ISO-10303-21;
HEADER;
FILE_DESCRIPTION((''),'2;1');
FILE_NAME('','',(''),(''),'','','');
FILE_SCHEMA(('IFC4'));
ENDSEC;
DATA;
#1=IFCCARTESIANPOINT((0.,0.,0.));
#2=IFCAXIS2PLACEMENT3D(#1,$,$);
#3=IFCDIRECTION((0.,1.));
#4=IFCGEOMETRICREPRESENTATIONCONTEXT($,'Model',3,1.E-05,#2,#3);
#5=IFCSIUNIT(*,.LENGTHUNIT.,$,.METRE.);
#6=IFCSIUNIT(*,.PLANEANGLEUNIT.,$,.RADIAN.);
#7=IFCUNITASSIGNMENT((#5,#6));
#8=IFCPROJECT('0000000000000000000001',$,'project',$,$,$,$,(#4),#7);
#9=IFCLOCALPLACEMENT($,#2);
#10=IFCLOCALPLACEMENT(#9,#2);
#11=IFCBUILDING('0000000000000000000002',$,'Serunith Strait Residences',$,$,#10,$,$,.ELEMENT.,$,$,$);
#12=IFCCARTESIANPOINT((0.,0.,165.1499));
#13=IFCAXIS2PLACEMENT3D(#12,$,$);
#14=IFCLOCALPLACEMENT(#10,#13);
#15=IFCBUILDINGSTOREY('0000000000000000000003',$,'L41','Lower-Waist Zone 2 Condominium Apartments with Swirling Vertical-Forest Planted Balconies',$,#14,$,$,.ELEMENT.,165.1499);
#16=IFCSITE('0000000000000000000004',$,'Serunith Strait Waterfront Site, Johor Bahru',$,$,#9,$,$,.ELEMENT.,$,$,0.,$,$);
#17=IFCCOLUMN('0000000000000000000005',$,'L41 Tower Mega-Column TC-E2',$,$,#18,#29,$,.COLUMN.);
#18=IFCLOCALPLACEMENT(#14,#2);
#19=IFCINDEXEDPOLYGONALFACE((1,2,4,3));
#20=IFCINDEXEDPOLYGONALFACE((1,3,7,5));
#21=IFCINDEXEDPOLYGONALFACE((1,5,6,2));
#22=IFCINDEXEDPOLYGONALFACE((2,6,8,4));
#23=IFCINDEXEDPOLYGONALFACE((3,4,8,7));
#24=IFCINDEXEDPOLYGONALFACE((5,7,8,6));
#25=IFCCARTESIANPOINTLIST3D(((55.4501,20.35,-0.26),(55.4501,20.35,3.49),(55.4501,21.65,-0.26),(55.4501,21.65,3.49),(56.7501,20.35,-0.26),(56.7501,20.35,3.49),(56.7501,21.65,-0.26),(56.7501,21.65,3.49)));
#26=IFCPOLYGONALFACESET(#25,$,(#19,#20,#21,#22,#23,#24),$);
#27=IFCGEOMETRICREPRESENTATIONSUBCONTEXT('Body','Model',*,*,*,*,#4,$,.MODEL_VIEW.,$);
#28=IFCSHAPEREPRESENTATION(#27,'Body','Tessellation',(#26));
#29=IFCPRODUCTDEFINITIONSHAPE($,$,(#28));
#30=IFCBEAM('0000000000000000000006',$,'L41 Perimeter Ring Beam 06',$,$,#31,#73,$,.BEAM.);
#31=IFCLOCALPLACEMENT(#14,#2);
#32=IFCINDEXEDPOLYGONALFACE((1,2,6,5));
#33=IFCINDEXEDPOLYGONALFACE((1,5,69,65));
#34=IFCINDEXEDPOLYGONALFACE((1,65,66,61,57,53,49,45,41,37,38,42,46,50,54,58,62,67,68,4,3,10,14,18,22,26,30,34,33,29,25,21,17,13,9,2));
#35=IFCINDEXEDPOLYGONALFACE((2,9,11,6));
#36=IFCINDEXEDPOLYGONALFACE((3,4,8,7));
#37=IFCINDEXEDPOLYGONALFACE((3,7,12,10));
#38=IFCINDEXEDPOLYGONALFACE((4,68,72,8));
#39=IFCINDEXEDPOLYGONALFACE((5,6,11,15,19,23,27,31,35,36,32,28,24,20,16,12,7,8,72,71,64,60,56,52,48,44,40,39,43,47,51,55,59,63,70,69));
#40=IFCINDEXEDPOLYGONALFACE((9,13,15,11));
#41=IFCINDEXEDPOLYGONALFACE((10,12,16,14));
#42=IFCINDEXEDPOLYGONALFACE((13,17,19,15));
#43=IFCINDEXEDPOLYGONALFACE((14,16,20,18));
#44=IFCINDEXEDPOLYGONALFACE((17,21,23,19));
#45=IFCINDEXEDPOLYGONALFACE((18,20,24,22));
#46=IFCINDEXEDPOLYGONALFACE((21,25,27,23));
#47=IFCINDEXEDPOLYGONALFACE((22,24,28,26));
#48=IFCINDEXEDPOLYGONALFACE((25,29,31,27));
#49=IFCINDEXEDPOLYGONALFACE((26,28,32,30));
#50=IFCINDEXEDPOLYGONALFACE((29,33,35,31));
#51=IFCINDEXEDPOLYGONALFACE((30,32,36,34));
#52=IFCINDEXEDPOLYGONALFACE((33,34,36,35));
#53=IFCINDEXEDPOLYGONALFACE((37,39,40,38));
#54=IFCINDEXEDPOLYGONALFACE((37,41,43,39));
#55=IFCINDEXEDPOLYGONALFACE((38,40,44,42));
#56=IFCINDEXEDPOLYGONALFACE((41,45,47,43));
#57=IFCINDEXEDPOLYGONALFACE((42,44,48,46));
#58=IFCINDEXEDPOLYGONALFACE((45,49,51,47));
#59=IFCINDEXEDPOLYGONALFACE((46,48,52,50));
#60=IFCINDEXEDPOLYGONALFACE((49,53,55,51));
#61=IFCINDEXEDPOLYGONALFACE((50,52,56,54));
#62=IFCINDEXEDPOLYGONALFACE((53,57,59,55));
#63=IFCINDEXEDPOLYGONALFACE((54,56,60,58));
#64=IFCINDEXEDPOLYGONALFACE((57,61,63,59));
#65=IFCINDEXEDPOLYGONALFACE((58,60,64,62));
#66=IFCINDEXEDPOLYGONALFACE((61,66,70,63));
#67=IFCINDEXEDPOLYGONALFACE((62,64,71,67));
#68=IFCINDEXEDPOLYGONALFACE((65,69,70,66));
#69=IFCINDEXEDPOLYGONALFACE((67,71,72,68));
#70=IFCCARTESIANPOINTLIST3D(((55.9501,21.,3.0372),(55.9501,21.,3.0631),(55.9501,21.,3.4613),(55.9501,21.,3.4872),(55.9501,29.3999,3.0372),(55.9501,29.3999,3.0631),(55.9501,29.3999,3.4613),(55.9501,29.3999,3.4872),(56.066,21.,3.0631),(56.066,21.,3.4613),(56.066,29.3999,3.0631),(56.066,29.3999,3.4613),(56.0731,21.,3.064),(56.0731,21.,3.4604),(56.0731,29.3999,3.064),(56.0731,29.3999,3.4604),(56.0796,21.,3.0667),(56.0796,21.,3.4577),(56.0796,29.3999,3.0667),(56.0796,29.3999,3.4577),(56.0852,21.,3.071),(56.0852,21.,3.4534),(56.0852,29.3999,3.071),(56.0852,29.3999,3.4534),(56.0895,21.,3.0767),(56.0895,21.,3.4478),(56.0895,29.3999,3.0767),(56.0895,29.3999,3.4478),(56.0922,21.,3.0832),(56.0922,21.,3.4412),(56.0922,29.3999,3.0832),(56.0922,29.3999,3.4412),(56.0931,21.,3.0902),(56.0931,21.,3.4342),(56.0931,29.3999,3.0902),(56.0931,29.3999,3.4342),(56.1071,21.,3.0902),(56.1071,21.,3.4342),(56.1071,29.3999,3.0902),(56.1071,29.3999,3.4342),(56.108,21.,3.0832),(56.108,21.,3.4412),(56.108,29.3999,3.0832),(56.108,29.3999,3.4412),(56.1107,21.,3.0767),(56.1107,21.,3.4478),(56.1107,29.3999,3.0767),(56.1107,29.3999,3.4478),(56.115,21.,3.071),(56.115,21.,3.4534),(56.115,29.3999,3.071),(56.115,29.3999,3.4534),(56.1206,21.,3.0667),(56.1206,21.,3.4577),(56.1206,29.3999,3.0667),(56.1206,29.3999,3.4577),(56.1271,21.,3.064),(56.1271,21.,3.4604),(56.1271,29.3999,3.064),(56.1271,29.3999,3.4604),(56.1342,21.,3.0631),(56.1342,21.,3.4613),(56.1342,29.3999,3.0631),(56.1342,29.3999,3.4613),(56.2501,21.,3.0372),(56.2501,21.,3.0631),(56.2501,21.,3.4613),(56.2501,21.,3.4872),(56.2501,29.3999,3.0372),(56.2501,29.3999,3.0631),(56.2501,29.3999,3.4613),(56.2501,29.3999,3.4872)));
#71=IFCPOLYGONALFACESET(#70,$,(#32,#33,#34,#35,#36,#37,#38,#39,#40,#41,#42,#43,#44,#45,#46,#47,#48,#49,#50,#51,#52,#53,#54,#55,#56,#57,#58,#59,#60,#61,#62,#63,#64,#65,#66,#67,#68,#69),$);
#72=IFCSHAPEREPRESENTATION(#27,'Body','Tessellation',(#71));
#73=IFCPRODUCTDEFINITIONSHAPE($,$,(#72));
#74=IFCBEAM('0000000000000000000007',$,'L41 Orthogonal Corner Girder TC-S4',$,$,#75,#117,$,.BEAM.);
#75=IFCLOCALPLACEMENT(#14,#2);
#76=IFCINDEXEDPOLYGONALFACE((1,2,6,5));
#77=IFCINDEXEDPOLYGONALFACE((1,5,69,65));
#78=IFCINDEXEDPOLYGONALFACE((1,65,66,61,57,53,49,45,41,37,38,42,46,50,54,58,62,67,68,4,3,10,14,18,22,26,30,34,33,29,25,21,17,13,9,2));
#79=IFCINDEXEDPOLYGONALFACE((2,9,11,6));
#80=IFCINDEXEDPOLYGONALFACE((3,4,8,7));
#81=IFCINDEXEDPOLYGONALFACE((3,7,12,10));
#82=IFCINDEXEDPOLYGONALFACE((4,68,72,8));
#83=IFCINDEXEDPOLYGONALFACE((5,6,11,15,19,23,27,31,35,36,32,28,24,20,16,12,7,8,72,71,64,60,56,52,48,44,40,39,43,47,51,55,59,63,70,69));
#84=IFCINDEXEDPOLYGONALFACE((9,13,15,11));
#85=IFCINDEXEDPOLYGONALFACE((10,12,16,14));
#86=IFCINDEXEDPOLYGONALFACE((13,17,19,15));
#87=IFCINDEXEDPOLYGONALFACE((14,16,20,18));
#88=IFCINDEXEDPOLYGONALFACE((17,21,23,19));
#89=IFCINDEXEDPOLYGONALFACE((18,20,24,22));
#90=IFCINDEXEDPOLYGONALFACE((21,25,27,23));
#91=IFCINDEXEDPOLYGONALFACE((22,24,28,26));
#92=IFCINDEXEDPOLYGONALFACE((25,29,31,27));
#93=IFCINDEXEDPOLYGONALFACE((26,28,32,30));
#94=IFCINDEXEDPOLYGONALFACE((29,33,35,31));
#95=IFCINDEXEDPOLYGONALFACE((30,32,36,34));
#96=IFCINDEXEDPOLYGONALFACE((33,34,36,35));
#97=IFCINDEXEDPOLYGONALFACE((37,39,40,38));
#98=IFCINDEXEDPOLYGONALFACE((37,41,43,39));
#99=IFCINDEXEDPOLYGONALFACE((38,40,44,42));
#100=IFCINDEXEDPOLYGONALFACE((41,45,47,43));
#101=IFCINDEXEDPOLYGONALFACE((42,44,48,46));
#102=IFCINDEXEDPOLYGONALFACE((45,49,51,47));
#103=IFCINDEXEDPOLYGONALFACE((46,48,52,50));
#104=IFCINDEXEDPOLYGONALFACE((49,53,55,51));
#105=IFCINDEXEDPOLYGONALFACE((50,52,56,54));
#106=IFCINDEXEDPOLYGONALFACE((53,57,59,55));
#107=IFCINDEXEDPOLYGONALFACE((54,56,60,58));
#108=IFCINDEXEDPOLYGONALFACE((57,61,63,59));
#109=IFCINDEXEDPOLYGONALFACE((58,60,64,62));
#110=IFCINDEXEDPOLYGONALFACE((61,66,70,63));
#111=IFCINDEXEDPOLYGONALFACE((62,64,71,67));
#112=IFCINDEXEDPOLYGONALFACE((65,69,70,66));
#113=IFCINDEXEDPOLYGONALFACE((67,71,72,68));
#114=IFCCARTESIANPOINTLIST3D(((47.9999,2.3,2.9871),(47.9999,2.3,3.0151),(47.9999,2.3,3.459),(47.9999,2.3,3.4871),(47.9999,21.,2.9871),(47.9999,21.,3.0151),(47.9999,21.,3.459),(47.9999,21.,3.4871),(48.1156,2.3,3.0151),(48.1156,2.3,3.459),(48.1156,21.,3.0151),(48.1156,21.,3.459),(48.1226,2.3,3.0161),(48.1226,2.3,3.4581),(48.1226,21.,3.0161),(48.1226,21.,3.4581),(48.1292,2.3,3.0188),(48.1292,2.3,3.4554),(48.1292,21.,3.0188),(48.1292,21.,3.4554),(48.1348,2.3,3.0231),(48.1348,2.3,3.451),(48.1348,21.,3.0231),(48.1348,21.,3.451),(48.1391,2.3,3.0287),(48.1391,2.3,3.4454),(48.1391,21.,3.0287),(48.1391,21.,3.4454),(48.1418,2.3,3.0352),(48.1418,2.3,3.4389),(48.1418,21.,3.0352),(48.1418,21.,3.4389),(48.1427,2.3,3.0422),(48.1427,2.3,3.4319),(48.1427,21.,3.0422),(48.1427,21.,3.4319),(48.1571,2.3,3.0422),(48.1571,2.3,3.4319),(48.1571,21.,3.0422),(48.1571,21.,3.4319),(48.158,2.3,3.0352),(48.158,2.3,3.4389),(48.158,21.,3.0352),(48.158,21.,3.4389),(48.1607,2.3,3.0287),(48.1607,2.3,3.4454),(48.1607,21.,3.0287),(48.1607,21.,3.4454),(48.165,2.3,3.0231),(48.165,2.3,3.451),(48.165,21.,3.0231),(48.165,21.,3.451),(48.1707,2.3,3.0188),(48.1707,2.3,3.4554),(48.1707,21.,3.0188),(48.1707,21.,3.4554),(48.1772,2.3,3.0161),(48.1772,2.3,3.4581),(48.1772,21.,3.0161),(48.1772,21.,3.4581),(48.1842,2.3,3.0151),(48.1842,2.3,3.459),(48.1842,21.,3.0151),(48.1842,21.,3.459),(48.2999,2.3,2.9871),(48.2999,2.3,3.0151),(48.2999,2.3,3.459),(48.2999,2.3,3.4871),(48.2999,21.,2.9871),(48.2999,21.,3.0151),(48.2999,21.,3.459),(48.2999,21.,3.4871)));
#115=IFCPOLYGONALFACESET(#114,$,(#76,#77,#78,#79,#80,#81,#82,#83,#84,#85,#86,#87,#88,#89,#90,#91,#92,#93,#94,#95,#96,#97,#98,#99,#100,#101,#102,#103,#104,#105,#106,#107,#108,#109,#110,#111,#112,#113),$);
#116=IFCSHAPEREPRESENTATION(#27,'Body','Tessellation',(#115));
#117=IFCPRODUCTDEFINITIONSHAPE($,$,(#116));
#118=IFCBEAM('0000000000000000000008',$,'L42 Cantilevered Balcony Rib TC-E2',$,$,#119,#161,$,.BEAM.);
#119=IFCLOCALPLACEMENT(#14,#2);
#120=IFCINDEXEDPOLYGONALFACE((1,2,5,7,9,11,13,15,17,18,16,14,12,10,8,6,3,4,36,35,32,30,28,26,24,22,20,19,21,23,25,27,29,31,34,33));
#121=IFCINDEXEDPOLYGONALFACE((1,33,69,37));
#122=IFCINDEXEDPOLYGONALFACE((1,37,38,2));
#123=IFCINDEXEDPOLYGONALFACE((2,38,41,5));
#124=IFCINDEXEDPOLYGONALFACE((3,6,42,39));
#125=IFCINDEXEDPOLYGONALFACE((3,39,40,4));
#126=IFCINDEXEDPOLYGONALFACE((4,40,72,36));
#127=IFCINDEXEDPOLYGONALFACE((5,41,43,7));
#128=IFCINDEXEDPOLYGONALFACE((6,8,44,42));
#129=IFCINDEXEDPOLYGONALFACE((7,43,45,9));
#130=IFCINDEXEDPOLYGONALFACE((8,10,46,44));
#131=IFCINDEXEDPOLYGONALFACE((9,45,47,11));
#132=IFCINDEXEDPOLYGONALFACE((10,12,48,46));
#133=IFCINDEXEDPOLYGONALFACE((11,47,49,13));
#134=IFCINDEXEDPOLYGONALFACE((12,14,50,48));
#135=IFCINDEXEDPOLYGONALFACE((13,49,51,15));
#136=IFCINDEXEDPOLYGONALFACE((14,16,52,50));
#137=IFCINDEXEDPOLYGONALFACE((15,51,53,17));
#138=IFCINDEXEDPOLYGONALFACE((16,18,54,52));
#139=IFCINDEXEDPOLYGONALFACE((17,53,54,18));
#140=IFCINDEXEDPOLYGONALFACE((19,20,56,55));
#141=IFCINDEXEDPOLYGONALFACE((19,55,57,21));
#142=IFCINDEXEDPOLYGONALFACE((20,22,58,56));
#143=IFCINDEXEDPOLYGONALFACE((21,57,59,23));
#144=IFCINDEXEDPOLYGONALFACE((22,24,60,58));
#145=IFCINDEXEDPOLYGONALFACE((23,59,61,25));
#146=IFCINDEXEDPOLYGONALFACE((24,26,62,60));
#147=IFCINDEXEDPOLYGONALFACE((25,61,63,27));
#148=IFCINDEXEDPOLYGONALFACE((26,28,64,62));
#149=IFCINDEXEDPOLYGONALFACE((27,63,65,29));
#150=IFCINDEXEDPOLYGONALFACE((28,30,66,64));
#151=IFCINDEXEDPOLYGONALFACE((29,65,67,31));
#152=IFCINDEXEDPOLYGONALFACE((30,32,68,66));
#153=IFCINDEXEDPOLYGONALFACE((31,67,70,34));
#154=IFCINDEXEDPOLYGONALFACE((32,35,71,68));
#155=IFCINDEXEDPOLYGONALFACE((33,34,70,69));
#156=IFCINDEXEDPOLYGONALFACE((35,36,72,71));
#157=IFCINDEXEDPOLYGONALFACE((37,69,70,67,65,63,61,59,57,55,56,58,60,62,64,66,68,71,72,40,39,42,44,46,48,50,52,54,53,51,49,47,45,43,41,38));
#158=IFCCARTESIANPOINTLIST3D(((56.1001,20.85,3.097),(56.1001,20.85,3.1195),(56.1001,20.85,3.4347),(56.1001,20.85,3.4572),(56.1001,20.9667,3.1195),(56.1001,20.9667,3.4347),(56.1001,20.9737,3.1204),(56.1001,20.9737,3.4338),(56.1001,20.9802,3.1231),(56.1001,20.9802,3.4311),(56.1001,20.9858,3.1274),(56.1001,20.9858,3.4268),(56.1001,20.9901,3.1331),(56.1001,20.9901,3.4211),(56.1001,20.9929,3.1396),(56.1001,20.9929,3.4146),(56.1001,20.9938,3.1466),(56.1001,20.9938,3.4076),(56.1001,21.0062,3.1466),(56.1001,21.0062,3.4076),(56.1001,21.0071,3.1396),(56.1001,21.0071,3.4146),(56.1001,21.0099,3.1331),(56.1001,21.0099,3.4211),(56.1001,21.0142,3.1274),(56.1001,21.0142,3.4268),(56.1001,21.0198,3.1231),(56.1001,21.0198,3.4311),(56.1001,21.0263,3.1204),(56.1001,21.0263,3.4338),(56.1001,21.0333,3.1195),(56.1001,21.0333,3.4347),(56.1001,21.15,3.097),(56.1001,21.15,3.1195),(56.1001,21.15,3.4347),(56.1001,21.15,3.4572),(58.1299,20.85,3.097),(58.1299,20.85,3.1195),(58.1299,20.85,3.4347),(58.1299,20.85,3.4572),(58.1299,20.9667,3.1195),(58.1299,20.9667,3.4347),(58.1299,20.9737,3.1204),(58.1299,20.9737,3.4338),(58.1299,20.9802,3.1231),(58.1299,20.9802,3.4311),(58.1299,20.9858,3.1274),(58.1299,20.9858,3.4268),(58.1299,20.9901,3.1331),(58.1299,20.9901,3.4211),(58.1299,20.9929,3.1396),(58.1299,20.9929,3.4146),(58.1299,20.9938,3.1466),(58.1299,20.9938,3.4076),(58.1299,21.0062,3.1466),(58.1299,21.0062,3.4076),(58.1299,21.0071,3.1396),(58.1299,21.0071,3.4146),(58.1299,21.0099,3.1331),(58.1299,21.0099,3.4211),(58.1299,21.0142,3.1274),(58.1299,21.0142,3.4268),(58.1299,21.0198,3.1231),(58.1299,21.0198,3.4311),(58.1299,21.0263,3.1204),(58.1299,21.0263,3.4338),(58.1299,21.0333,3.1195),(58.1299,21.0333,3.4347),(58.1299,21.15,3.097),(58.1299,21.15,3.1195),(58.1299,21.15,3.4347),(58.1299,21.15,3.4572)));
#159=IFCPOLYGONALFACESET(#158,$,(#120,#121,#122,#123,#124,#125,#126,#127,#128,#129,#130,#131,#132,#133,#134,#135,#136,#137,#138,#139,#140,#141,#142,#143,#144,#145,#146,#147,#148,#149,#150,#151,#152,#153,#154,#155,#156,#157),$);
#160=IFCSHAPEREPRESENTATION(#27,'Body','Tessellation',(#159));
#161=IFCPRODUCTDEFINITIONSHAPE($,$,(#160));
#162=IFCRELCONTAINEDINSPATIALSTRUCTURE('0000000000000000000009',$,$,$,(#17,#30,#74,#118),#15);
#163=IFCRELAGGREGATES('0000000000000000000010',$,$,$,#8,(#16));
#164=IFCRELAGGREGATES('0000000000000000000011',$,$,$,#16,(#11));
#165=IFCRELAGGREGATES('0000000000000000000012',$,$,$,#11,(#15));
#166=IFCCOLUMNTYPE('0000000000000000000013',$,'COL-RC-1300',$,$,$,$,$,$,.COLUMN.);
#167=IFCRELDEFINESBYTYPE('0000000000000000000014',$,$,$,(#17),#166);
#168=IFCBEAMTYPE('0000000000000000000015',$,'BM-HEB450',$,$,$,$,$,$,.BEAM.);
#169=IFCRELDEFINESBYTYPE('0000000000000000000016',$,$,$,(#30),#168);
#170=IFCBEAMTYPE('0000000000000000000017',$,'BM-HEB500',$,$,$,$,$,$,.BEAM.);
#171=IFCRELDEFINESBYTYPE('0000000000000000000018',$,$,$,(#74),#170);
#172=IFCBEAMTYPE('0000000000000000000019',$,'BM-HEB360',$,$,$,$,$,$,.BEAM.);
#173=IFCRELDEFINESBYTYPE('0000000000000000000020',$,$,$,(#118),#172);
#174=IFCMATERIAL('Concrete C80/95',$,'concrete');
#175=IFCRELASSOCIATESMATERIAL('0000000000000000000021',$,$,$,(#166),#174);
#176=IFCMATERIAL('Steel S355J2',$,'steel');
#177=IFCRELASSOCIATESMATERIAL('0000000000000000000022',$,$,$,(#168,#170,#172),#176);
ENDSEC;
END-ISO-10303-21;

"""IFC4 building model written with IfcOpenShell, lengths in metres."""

from ifc_helpers import new_model, si_unit, direction, frame, origin, origin_2d, place, context, subcontext, project, spatial, rectangle, i_section, extrude, source, transform, mapped, material, material_profile, profile_set, type_object, element, save


model = new_model("IFC4")

# Units and contexts
model_context = context("Model", 3, precision=1e-05, world=origin(), true_north=direction((0.0, 1.0)))
body_context = subcontext(model_context, "Body", "Model", "MODEL_VIEW")
ifc_project = project(units=[si_unit("LENGTHUNIT", "METRE"), si_unit("PLANEANGLEUNIT", "RADIAN")], contexts=[model_context])

# Site, building, storey
site_placement = place(None, origin())
site = spatial("IfcSite", under=ifc_project, at=site_placement, Name="Serunith Strait Waterfront Site, Johor Bahru", CompositionType="ELEMENT", RefElevation=0.0)
building_placement = place(site_placement, origin())
building = spatial("IfcBuilding", under=site, at=building_placement, Name="Serunith Strait Residences", CompositionType="ELEMENT")
storey_placement = place(building_placement, frame((0.0, 0.0, 165.1499)))
storey = spatial("IfcBuildingStorey", under=building, at=storey_placement, Name="L41", Description="Lower-Waist Zone 2 Condominium Apartments with Swirling Vertical-Forest Planted Balconies", CompositionType="ELEMENT", Elevation=165.1499)

# Column
ifc_material_1 = material(Name="Concrete C80/95", Category="concrete")
ifc_material_profile_1 = material_profile(ifc_material_1, rectangle(XDim=1.3, YDim=1.3, at=origin_2d()), Name="RC 1300x1300")
ifc_profile_set_1 = profile_set([ifc_material_profile_1], Name="Concrete C80/95")
column_type = type_object("IfcColumnType", Name="COL-RC-1300", PredefinedType="COLUMN", material=ifc_profile_set_1)
shared_shape_1 = source(origin(), body_context, "Body", "SweptSolid", [
    extrude(rectangle(XDim=1.3, YDim=1.3, at=origin_2d()), origin(), (0.0, 0.0, 1.0), 3.75),
])
column_placement = place(storey_placement, frame((56.1001, 21.0, -0.26), z_axis=(0.0, 0.0, 1.0), x_axis=(1.0, 0.0, 0.0)))
element("IfcColumn", 1, at=column_placement, inside=storey, type_object=column_type, Name="L41 Tower Mega-Column TC-E2", PredefinedType="COLUMN", context=body_context, shape_type="MappedRepresentation", body=[
    mapped(shared_shape_1, transform((0.0, 0.0, 0.0), scale=1.0)),
])

# Beams
ifc_material_2 = material(Name="Steel S355J2", Category="steel")
ifc_material_profile_2 = material_profile(ifc_material_2, i_section(OverallWidth=0.3, OverallDepth=0.45, WebThickness=0.0139, FlangeThickness=0.0259, FilletRadius=0.0271, at=origin_2d()), Name="HEB 450")
ifc_profile_set_2 = profile_set([ifc_material_profile_2], Name="Steel S355J2")
beam_type_1 = type_object("IfcBeamType", Name="BM-HEB450", PredefinedType="BEAM", material=ifc_profile_set_2)
shared_shape_2 = source(origin(), body_context, "Body", "SweptSolid", [
    extrude(i_section(OverallWidth=0.3, OverallDepth=0.45, WebThickness=0.0139, FlangeThickness=0.0259, FilletRadius=0.0271, at=origin_2d()), origin(), (0.0, 0.0, 1.0), 8.3999),
])
beam_1_placement = place(storey_placement, frame((56.1001, 21.0, 3.2622), z_axis=(0.0, 1.0, 0.0), x_axis=(-1.0, 0.0, 0.0)))
element("IfcBeam", 2, at=beam_1_placement, inside=storey, type_object=beam_type_1, Name="L41 Perimeter Ring Beam 06", PredefinedType="BEAM", context=body_context, shape_type="MappedRepresentation", body=[
    mapped(shared_shape_2, transform((0.0, 0.0, 0.0), scale=1.0)),
])
ifc_material_profile_3 = material_profile(ifc_material_2, i_section(OverallWidth=0.3, OverallDepth=0.5, WebThickness=0.0144, FlangeThickness=0.0281, FilletRadius=0.0271, at=origin_2d()), Name="HEB 500")
ifc_profile_set_3 = profile_set([ifc_material_profile_3], Name="Steel S355J2")
beam_type_2 = type_object("IfcBeamType", Name="BM-HEB500", PredefinedType="BEAM", material=ifc_profile_set_3)
shared_shape_3 = source(origin(), body_context, "Body", "SweptSolid", [
    extrude(i_section(OverallWidth=0.3, OverallDepth=0.5, WebThickness=0.0144, FlangeThickness=0.0281, FilletRadius=0.0271, at=origin_2d()), origin(), (0.0, 0.0, 1.0), 18.7),
])
beam_2_placement = place(storey_placement, frame((48.1499, 21.0, 3.2371), z_axis=(0.0, -1.0, 0.0), x_axis=(1.0, 0.0, 0.0)))
element("IfcBeam", 3, at=beam_2_placement, inside=storey, type_object=beam_type_2, Name="L41 Orthogonal Corner Girder TC-S4", PredefinedType="BEAM", context=body_context, shape_type="MappedRepresentation", body=[
    mapped(shared_shape_3, transform((0.0, 0.0, 0.0), scale=1.0)),
])
ifc_material_profile_4 = material_profile(ifc_material_2, i_section(OverallWidth=0.3, OverallDepth=0.3601, WebThickness=0.0125, FlangeThickness=0.0225, FilletRadius=0.0271, at=origin_2d()), Name="HEB 360")
ifc_profile_set_4 = profile_set([ifc_material_profile_4], Name="Steel S355J2")
beam_type_3 = type_object("IfcBeamType", Name="BM-HEB360", PredefinedType="BEAM", material=ifc_profile_set_4)
shared_shape_4 = source(origin(), body_context, "Body", "SweptSolid", [
    extrude(i_section(OverallWidth=0.3, OverallDepth=0.3601, WebThickness=0.0125, FlangeThickness=0.0225, FilletRadius=0.0271, at=origin_2d()), origin(), (0.0, 0.0, 1.0), 2.0298),
])
beam_3_placement = place(storey_placement, frame((56.1001, 21.0, 3.2771), z_axis=(1.0, 0.0, 0.0), x_axis=(0.0, 1.0, 0.0)))
element("IfcBeam", 4, at=beam_3_placement, inside=storey, type_object=beam_type_3, Name="L42 Cantilevered Balcony Rib TC-E2", PredefinedType="BEAM", context=body_context, shape_type="MappedRepresentation", body=[
    mapped(shared_shape_4, transform((0.0, 0.0, 0.0), scale=1.0)),
])

save(model, "model.ifc")
